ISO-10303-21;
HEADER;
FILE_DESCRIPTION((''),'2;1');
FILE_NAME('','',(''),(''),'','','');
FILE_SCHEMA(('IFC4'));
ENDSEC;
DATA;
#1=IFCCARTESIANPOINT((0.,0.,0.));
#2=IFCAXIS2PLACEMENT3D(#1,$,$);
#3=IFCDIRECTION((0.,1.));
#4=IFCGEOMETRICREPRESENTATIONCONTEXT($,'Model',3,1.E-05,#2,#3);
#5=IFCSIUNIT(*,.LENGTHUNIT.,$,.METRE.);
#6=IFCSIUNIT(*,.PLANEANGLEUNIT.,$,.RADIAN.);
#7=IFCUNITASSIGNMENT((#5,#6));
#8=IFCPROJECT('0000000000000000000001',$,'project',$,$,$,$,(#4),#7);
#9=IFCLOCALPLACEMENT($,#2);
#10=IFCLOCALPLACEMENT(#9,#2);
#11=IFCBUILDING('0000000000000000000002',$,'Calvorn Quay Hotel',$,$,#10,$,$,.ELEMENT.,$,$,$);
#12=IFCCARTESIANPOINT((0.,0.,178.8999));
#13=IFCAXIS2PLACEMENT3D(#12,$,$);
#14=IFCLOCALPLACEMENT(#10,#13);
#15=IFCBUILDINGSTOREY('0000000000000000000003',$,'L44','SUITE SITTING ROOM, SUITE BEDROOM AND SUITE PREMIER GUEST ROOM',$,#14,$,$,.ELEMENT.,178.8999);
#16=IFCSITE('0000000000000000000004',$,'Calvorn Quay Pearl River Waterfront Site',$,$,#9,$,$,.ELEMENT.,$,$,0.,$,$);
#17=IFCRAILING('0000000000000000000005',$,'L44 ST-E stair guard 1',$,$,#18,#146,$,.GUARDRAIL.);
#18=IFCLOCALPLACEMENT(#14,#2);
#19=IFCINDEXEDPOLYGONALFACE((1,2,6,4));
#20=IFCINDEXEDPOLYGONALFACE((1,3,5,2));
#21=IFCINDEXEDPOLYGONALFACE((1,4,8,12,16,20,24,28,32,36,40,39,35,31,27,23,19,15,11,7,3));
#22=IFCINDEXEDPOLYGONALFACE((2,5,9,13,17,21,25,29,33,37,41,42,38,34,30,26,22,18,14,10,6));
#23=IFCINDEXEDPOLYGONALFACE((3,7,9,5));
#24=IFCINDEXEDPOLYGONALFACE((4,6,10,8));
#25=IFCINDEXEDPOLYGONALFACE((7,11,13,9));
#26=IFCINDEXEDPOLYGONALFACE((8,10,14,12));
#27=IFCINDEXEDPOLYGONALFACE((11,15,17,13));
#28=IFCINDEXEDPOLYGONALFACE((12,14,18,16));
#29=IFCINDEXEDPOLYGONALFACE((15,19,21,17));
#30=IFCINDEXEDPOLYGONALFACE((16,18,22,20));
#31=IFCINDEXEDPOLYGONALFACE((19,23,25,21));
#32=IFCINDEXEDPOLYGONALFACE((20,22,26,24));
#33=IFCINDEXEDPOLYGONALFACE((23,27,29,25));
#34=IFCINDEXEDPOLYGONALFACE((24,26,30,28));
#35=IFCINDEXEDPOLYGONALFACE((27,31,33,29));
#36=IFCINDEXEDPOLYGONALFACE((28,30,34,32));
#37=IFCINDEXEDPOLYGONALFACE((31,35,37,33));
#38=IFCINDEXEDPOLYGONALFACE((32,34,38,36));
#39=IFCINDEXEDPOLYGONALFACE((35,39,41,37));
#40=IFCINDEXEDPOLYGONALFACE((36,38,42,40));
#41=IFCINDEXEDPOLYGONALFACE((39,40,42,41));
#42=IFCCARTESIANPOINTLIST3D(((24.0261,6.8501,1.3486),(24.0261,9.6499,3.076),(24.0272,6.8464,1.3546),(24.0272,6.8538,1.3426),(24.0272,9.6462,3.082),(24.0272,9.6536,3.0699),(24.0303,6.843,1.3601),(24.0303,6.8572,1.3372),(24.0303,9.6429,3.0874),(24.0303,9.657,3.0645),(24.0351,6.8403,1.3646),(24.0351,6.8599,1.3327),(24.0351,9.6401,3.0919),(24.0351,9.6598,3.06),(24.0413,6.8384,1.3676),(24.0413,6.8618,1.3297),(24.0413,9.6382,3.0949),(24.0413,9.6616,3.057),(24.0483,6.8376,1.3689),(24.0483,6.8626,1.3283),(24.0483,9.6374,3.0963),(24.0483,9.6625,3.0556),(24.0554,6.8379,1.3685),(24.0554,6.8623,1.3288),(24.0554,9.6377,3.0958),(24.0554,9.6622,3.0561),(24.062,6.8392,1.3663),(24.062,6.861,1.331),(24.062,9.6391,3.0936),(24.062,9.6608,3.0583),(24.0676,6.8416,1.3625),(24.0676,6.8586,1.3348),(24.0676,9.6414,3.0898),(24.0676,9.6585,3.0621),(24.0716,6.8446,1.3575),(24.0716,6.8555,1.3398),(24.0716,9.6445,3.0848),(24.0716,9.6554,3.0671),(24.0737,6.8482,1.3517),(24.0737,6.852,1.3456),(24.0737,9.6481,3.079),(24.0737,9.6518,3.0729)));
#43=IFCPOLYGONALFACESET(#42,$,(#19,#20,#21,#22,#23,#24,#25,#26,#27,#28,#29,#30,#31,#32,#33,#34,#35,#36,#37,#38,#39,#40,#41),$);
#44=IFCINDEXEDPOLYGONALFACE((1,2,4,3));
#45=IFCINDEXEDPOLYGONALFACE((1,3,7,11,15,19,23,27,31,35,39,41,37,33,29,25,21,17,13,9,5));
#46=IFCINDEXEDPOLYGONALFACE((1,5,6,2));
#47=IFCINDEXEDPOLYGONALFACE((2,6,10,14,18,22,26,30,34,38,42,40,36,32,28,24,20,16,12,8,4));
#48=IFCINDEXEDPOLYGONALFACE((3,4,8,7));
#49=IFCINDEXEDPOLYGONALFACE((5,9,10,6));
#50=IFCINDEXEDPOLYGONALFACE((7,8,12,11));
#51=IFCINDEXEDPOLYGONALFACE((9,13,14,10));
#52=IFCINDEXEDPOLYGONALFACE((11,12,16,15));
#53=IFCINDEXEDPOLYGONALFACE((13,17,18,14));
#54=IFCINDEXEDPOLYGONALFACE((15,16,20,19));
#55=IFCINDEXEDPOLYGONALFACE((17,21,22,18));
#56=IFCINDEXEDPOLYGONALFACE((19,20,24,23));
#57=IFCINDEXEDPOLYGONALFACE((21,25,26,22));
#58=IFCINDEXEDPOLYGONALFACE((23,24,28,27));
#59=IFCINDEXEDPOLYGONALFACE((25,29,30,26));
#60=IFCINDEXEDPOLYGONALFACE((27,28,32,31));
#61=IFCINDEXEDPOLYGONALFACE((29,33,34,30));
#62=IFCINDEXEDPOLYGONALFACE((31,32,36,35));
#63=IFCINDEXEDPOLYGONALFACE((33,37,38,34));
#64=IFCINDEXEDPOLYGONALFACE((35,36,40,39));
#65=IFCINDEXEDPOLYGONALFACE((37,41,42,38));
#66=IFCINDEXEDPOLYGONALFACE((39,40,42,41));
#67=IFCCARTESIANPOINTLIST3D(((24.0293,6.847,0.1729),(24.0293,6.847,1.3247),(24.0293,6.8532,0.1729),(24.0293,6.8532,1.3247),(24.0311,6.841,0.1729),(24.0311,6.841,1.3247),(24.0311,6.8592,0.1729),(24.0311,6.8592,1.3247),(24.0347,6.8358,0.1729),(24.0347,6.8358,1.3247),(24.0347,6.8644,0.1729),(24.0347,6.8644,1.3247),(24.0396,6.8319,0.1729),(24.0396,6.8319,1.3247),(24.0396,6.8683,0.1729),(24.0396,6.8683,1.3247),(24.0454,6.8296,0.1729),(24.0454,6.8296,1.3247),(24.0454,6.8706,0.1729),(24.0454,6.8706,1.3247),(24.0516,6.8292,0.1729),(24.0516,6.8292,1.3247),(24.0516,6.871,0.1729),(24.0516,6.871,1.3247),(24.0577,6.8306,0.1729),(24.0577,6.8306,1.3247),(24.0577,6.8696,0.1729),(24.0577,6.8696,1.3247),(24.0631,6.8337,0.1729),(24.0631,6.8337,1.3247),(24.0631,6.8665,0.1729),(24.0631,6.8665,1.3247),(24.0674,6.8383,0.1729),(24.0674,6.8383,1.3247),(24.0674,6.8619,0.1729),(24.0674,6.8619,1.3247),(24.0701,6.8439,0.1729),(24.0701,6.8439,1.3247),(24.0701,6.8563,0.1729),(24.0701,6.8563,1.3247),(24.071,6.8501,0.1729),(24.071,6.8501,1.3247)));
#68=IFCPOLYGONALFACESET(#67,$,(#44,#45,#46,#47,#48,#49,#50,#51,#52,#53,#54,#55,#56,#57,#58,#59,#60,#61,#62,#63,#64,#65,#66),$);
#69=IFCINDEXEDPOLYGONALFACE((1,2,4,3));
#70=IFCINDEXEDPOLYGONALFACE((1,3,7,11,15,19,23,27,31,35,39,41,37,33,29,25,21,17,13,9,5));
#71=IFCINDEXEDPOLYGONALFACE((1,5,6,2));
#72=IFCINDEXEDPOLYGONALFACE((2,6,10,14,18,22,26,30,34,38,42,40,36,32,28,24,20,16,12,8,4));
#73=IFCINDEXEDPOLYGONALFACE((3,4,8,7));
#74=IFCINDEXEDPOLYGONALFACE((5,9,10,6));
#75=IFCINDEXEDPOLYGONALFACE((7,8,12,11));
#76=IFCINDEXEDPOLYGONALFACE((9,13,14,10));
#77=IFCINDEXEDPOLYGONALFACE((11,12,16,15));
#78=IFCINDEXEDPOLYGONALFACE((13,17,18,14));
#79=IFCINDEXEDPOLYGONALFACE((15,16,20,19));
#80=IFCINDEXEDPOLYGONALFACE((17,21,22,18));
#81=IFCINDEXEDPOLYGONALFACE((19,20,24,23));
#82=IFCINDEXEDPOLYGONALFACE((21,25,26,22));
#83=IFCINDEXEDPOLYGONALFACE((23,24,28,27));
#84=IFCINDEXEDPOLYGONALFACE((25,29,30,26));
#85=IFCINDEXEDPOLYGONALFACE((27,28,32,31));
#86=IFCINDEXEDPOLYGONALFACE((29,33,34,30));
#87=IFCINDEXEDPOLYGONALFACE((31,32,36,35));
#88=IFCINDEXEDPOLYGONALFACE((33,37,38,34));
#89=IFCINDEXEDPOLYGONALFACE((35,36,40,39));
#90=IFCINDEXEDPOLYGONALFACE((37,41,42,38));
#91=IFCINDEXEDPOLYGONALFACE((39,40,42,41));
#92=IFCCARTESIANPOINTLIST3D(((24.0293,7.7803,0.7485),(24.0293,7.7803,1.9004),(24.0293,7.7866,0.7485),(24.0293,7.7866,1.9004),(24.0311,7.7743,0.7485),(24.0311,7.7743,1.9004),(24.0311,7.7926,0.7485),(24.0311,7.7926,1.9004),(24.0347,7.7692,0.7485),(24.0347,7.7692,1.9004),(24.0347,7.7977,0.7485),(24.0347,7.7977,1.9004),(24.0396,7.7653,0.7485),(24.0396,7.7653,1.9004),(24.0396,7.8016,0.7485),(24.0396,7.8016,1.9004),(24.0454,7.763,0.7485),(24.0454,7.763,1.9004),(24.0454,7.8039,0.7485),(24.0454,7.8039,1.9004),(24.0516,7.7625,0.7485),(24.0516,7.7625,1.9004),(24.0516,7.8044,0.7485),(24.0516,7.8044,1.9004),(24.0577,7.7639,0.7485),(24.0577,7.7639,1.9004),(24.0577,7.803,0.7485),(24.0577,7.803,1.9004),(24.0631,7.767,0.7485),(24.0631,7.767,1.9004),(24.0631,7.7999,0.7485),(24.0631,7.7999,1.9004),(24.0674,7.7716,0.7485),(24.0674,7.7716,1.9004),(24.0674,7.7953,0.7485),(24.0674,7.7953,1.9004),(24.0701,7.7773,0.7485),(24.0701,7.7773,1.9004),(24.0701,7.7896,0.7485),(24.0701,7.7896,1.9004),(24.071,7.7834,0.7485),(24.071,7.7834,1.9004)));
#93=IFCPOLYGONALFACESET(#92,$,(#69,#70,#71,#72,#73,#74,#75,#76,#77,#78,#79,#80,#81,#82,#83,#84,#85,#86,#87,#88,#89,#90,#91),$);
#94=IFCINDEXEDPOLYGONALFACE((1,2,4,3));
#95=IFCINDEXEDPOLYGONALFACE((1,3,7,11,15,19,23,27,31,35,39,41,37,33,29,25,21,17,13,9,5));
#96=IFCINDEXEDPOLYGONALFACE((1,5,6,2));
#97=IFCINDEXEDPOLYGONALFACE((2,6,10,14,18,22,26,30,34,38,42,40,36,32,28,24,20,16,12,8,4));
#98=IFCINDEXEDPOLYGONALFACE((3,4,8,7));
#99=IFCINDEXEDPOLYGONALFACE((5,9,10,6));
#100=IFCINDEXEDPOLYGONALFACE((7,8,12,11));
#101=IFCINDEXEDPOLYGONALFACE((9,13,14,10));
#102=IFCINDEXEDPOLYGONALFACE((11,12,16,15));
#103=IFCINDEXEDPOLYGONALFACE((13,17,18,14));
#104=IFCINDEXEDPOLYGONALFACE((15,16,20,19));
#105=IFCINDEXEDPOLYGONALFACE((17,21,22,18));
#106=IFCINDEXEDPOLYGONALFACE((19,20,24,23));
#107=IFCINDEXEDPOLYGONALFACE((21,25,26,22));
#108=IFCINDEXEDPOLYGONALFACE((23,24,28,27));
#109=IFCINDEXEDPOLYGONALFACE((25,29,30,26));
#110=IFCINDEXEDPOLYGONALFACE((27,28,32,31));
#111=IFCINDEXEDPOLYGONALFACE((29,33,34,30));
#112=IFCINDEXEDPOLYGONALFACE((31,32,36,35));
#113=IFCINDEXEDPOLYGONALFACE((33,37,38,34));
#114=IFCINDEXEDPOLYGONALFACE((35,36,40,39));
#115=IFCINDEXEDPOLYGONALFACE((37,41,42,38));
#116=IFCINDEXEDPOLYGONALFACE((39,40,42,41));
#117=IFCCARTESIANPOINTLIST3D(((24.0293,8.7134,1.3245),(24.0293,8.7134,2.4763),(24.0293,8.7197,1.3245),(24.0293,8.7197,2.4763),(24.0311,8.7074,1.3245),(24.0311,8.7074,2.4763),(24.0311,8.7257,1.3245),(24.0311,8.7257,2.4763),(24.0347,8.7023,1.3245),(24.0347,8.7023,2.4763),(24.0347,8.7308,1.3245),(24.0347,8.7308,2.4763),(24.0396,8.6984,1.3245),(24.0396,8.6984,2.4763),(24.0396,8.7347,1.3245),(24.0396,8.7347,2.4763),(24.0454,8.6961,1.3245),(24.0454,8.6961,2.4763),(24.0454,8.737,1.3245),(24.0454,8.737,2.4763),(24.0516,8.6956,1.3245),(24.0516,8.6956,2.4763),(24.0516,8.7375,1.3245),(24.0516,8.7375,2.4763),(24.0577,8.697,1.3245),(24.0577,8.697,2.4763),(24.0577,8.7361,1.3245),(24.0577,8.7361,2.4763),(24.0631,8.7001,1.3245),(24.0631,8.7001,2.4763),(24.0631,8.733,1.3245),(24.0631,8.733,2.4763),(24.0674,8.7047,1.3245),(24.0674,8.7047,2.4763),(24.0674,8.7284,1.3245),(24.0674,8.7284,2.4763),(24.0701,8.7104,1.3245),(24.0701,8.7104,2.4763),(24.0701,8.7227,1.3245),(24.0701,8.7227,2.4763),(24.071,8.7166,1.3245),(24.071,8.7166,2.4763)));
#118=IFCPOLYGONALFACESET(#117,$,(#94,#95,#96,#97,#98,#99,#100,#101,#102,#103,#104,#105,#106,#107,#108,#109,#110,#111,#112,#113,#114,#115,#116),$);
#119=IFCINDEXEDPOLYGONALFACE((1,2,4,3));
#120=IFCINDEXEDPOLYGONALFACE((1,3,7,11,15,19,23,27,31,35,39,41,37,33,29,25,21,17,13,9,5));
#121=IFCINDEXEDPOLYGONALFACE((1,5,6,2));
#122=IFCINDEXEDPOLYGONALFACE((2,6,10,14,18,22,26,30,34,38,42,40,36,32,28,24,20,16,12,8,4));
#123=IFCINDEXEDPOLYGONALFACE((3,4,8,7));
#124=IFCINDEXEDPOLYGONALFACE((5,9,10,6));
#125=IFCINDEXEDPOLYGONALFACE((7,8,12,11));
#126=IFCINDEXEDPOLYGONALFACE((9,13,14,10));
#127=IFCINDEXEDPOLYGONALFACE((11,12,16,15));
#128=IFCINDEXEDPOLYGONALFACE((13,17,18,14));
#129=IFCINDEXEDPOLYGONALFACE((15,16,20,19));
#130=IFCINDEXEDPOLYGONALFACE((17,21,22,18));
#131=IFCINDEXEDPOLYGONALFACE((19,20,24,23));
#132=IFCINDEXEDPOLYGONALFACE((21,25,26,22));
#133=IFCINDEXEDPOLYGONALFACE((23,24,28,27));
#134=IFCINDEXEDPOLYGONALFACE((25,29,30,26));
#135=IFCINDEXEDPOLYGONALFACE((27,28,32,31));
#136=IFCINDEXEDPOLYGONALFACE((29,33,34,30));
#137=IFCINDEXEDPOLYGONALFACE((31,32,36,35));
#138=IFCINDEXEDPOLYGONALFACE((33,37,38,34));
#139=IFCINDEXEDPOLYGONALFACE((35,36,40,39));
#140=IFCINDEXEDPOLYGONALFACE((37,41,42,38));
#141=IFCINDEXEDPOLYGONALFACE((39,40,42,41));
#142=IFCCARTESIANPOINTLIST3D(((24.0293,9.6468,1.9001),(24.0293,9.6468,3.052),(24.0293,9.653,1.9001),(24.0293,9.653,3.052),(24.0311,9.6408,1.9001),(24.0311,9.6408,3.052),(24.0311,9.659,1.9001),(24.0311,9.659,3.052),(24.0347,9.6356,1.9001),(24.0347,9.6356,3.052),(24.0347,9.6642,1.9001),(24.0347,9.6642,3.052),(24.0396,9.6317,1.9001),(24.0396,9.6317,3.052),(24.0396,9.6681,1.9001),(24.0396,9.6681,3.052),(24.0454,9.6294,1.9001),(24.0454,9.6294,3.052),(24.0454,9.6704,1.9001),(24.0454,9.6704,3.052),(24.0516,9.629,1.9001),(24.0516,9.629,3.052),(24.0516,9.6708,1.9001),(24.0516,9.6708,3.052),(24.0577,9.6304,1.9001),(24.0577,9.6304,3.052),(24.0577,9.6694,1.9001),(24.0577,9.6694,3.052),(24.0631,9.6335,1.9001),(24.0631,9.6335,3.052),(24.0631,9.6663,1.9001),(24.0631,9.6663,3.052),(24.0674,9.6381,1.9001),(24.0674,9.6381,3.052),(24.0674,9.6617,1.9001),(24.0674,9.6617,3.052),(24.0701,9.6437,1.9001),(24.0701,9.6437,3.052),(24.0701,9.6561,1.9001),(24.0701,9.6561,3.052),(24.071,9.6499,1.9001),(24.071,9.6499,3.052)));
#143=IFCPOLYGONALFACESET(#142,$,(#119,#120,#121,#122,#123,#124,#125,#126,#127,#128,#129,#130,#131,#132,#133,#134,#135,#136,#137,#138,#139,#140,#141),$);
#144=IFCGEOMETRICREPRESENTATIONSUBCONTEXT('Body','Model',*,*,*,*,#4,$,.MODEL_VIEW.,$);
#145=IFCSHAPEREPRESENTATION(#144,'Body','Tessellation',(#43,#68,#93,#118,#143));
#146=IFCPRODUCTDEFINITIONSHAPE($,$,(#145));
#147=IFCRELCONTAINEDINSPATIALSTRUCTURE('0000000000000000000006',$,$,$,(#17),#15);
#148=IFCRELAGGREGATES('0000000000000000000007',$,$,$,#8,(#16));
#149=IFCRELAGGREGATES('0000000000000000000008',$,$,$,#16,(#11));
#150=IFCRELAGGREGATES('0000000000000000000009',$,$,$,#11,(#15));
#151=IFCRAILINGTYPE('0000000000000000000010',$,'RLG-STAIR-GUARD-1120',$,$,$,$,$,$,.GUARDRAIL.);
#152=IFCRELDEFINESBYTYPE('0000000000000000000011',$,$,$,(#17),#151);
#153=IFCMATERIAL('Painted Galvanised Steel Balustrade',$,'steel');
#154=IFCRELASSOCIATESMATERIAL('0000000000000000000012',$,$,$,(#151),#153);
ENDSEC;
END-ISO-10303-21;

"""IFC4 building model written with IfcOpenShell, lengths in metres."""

from ifc_helpers import new_model, si_unit, direction, frame, origin, origin_2d, place, context, subcontext, project, spatial, circle, extrude, material, type_object, element, save


model = new_model("IFC4")

# Units and contexts
model_context = context("Model", 3, precision=1e-05, world=origin(), true_north=direction((0.0, 1.0)))
body_context = subcontext(model_context, "Body", "Model", "MODEL_VIEW")
ifc_project = project(units=[si_unit("LENGTHUNIT", "METRE"), si_unit("PLANEANGLEUNIT", "RADIAN")], contexts=[model_context])

# Site, building, storey
site_placement = place(None, origin())
site = spatial("IfcSite", under=ifc_project, at=site_placement, Name="Calvorn Quay Pearl River Waterfront Site", CompositionType="ELEMENT", RefElevation=0.0)
building_placement = place(site_placement, origin())
building = spatial("IfcBuilding", under=site, at=building_placement, Name="Calvorn Quay Hotel", CompositionType="ELEMENT")
storey_placement = place(building_placement, frame((0.0, 0.0, 178.8999)))
storey = spatial("IfcBuildingStorey", under=building, at=storey_placement, Name="L44", Description="SUITE SITTING ROOM, SUITE BEDROOM AND SUITE PREMIER GUEST ROOM", CompositionType="ELEMENT", Elevation=178.8999)

# Railing
ifc_material_1 = material(Name="Painted Galvanised Steel Balustrade", Category="steel")
railing_type_1 = type_object("IfcRailingType", Name="RLG-STAIR-GUARD-1120", PredefinedType="GUARDRAIL", material=ifc_material_1)
railing_1_placement = place(storey_placement, frame((24.05, 6.8501, 0.1729)))
element("IfcRailing", 1, at=railing_1_placement, inside=storey, type_object=railing_type_1, Name="L44 ST-E stair guard 1", PredefinedType="GUARDRAIL", context=body_context, shape_type="SweptSolid", body=[
    extrude(circle(Radius=0.0239, at=origin_2d()), frame((0.0, 0.0, 1.1758), z_axis=(0.0, 0.851069, 0.525054), x_axis=(-1.0, 0.0, 0.0)), (0.0, 0.0, 1.0), 3.2898),
    extrude(circle(Radius=0.021, at=origin_2d()), origin(), (0.0, 0.0, 1.0), 1.1519),
    extrude(circle(Radius=0.021, at=origin_2d()), frame((0.0, 0.9333, 0.5757)), (0.0, 0.0, 1.0), 1.1519),
    extrude(circle(Radius=0.021, at=origin_2d()), frame((0.0, 1.8665, 1.1516)), (0.0, 0.0, 1.0), 1.1519),
    extrude(circle(Radius=0.021, at=origin_2d()), frame((0.0, 2.7998, 1.7273)), (0.0, 0.0, 1.0), 1.1519),
])

save(model, "model.ifc")
